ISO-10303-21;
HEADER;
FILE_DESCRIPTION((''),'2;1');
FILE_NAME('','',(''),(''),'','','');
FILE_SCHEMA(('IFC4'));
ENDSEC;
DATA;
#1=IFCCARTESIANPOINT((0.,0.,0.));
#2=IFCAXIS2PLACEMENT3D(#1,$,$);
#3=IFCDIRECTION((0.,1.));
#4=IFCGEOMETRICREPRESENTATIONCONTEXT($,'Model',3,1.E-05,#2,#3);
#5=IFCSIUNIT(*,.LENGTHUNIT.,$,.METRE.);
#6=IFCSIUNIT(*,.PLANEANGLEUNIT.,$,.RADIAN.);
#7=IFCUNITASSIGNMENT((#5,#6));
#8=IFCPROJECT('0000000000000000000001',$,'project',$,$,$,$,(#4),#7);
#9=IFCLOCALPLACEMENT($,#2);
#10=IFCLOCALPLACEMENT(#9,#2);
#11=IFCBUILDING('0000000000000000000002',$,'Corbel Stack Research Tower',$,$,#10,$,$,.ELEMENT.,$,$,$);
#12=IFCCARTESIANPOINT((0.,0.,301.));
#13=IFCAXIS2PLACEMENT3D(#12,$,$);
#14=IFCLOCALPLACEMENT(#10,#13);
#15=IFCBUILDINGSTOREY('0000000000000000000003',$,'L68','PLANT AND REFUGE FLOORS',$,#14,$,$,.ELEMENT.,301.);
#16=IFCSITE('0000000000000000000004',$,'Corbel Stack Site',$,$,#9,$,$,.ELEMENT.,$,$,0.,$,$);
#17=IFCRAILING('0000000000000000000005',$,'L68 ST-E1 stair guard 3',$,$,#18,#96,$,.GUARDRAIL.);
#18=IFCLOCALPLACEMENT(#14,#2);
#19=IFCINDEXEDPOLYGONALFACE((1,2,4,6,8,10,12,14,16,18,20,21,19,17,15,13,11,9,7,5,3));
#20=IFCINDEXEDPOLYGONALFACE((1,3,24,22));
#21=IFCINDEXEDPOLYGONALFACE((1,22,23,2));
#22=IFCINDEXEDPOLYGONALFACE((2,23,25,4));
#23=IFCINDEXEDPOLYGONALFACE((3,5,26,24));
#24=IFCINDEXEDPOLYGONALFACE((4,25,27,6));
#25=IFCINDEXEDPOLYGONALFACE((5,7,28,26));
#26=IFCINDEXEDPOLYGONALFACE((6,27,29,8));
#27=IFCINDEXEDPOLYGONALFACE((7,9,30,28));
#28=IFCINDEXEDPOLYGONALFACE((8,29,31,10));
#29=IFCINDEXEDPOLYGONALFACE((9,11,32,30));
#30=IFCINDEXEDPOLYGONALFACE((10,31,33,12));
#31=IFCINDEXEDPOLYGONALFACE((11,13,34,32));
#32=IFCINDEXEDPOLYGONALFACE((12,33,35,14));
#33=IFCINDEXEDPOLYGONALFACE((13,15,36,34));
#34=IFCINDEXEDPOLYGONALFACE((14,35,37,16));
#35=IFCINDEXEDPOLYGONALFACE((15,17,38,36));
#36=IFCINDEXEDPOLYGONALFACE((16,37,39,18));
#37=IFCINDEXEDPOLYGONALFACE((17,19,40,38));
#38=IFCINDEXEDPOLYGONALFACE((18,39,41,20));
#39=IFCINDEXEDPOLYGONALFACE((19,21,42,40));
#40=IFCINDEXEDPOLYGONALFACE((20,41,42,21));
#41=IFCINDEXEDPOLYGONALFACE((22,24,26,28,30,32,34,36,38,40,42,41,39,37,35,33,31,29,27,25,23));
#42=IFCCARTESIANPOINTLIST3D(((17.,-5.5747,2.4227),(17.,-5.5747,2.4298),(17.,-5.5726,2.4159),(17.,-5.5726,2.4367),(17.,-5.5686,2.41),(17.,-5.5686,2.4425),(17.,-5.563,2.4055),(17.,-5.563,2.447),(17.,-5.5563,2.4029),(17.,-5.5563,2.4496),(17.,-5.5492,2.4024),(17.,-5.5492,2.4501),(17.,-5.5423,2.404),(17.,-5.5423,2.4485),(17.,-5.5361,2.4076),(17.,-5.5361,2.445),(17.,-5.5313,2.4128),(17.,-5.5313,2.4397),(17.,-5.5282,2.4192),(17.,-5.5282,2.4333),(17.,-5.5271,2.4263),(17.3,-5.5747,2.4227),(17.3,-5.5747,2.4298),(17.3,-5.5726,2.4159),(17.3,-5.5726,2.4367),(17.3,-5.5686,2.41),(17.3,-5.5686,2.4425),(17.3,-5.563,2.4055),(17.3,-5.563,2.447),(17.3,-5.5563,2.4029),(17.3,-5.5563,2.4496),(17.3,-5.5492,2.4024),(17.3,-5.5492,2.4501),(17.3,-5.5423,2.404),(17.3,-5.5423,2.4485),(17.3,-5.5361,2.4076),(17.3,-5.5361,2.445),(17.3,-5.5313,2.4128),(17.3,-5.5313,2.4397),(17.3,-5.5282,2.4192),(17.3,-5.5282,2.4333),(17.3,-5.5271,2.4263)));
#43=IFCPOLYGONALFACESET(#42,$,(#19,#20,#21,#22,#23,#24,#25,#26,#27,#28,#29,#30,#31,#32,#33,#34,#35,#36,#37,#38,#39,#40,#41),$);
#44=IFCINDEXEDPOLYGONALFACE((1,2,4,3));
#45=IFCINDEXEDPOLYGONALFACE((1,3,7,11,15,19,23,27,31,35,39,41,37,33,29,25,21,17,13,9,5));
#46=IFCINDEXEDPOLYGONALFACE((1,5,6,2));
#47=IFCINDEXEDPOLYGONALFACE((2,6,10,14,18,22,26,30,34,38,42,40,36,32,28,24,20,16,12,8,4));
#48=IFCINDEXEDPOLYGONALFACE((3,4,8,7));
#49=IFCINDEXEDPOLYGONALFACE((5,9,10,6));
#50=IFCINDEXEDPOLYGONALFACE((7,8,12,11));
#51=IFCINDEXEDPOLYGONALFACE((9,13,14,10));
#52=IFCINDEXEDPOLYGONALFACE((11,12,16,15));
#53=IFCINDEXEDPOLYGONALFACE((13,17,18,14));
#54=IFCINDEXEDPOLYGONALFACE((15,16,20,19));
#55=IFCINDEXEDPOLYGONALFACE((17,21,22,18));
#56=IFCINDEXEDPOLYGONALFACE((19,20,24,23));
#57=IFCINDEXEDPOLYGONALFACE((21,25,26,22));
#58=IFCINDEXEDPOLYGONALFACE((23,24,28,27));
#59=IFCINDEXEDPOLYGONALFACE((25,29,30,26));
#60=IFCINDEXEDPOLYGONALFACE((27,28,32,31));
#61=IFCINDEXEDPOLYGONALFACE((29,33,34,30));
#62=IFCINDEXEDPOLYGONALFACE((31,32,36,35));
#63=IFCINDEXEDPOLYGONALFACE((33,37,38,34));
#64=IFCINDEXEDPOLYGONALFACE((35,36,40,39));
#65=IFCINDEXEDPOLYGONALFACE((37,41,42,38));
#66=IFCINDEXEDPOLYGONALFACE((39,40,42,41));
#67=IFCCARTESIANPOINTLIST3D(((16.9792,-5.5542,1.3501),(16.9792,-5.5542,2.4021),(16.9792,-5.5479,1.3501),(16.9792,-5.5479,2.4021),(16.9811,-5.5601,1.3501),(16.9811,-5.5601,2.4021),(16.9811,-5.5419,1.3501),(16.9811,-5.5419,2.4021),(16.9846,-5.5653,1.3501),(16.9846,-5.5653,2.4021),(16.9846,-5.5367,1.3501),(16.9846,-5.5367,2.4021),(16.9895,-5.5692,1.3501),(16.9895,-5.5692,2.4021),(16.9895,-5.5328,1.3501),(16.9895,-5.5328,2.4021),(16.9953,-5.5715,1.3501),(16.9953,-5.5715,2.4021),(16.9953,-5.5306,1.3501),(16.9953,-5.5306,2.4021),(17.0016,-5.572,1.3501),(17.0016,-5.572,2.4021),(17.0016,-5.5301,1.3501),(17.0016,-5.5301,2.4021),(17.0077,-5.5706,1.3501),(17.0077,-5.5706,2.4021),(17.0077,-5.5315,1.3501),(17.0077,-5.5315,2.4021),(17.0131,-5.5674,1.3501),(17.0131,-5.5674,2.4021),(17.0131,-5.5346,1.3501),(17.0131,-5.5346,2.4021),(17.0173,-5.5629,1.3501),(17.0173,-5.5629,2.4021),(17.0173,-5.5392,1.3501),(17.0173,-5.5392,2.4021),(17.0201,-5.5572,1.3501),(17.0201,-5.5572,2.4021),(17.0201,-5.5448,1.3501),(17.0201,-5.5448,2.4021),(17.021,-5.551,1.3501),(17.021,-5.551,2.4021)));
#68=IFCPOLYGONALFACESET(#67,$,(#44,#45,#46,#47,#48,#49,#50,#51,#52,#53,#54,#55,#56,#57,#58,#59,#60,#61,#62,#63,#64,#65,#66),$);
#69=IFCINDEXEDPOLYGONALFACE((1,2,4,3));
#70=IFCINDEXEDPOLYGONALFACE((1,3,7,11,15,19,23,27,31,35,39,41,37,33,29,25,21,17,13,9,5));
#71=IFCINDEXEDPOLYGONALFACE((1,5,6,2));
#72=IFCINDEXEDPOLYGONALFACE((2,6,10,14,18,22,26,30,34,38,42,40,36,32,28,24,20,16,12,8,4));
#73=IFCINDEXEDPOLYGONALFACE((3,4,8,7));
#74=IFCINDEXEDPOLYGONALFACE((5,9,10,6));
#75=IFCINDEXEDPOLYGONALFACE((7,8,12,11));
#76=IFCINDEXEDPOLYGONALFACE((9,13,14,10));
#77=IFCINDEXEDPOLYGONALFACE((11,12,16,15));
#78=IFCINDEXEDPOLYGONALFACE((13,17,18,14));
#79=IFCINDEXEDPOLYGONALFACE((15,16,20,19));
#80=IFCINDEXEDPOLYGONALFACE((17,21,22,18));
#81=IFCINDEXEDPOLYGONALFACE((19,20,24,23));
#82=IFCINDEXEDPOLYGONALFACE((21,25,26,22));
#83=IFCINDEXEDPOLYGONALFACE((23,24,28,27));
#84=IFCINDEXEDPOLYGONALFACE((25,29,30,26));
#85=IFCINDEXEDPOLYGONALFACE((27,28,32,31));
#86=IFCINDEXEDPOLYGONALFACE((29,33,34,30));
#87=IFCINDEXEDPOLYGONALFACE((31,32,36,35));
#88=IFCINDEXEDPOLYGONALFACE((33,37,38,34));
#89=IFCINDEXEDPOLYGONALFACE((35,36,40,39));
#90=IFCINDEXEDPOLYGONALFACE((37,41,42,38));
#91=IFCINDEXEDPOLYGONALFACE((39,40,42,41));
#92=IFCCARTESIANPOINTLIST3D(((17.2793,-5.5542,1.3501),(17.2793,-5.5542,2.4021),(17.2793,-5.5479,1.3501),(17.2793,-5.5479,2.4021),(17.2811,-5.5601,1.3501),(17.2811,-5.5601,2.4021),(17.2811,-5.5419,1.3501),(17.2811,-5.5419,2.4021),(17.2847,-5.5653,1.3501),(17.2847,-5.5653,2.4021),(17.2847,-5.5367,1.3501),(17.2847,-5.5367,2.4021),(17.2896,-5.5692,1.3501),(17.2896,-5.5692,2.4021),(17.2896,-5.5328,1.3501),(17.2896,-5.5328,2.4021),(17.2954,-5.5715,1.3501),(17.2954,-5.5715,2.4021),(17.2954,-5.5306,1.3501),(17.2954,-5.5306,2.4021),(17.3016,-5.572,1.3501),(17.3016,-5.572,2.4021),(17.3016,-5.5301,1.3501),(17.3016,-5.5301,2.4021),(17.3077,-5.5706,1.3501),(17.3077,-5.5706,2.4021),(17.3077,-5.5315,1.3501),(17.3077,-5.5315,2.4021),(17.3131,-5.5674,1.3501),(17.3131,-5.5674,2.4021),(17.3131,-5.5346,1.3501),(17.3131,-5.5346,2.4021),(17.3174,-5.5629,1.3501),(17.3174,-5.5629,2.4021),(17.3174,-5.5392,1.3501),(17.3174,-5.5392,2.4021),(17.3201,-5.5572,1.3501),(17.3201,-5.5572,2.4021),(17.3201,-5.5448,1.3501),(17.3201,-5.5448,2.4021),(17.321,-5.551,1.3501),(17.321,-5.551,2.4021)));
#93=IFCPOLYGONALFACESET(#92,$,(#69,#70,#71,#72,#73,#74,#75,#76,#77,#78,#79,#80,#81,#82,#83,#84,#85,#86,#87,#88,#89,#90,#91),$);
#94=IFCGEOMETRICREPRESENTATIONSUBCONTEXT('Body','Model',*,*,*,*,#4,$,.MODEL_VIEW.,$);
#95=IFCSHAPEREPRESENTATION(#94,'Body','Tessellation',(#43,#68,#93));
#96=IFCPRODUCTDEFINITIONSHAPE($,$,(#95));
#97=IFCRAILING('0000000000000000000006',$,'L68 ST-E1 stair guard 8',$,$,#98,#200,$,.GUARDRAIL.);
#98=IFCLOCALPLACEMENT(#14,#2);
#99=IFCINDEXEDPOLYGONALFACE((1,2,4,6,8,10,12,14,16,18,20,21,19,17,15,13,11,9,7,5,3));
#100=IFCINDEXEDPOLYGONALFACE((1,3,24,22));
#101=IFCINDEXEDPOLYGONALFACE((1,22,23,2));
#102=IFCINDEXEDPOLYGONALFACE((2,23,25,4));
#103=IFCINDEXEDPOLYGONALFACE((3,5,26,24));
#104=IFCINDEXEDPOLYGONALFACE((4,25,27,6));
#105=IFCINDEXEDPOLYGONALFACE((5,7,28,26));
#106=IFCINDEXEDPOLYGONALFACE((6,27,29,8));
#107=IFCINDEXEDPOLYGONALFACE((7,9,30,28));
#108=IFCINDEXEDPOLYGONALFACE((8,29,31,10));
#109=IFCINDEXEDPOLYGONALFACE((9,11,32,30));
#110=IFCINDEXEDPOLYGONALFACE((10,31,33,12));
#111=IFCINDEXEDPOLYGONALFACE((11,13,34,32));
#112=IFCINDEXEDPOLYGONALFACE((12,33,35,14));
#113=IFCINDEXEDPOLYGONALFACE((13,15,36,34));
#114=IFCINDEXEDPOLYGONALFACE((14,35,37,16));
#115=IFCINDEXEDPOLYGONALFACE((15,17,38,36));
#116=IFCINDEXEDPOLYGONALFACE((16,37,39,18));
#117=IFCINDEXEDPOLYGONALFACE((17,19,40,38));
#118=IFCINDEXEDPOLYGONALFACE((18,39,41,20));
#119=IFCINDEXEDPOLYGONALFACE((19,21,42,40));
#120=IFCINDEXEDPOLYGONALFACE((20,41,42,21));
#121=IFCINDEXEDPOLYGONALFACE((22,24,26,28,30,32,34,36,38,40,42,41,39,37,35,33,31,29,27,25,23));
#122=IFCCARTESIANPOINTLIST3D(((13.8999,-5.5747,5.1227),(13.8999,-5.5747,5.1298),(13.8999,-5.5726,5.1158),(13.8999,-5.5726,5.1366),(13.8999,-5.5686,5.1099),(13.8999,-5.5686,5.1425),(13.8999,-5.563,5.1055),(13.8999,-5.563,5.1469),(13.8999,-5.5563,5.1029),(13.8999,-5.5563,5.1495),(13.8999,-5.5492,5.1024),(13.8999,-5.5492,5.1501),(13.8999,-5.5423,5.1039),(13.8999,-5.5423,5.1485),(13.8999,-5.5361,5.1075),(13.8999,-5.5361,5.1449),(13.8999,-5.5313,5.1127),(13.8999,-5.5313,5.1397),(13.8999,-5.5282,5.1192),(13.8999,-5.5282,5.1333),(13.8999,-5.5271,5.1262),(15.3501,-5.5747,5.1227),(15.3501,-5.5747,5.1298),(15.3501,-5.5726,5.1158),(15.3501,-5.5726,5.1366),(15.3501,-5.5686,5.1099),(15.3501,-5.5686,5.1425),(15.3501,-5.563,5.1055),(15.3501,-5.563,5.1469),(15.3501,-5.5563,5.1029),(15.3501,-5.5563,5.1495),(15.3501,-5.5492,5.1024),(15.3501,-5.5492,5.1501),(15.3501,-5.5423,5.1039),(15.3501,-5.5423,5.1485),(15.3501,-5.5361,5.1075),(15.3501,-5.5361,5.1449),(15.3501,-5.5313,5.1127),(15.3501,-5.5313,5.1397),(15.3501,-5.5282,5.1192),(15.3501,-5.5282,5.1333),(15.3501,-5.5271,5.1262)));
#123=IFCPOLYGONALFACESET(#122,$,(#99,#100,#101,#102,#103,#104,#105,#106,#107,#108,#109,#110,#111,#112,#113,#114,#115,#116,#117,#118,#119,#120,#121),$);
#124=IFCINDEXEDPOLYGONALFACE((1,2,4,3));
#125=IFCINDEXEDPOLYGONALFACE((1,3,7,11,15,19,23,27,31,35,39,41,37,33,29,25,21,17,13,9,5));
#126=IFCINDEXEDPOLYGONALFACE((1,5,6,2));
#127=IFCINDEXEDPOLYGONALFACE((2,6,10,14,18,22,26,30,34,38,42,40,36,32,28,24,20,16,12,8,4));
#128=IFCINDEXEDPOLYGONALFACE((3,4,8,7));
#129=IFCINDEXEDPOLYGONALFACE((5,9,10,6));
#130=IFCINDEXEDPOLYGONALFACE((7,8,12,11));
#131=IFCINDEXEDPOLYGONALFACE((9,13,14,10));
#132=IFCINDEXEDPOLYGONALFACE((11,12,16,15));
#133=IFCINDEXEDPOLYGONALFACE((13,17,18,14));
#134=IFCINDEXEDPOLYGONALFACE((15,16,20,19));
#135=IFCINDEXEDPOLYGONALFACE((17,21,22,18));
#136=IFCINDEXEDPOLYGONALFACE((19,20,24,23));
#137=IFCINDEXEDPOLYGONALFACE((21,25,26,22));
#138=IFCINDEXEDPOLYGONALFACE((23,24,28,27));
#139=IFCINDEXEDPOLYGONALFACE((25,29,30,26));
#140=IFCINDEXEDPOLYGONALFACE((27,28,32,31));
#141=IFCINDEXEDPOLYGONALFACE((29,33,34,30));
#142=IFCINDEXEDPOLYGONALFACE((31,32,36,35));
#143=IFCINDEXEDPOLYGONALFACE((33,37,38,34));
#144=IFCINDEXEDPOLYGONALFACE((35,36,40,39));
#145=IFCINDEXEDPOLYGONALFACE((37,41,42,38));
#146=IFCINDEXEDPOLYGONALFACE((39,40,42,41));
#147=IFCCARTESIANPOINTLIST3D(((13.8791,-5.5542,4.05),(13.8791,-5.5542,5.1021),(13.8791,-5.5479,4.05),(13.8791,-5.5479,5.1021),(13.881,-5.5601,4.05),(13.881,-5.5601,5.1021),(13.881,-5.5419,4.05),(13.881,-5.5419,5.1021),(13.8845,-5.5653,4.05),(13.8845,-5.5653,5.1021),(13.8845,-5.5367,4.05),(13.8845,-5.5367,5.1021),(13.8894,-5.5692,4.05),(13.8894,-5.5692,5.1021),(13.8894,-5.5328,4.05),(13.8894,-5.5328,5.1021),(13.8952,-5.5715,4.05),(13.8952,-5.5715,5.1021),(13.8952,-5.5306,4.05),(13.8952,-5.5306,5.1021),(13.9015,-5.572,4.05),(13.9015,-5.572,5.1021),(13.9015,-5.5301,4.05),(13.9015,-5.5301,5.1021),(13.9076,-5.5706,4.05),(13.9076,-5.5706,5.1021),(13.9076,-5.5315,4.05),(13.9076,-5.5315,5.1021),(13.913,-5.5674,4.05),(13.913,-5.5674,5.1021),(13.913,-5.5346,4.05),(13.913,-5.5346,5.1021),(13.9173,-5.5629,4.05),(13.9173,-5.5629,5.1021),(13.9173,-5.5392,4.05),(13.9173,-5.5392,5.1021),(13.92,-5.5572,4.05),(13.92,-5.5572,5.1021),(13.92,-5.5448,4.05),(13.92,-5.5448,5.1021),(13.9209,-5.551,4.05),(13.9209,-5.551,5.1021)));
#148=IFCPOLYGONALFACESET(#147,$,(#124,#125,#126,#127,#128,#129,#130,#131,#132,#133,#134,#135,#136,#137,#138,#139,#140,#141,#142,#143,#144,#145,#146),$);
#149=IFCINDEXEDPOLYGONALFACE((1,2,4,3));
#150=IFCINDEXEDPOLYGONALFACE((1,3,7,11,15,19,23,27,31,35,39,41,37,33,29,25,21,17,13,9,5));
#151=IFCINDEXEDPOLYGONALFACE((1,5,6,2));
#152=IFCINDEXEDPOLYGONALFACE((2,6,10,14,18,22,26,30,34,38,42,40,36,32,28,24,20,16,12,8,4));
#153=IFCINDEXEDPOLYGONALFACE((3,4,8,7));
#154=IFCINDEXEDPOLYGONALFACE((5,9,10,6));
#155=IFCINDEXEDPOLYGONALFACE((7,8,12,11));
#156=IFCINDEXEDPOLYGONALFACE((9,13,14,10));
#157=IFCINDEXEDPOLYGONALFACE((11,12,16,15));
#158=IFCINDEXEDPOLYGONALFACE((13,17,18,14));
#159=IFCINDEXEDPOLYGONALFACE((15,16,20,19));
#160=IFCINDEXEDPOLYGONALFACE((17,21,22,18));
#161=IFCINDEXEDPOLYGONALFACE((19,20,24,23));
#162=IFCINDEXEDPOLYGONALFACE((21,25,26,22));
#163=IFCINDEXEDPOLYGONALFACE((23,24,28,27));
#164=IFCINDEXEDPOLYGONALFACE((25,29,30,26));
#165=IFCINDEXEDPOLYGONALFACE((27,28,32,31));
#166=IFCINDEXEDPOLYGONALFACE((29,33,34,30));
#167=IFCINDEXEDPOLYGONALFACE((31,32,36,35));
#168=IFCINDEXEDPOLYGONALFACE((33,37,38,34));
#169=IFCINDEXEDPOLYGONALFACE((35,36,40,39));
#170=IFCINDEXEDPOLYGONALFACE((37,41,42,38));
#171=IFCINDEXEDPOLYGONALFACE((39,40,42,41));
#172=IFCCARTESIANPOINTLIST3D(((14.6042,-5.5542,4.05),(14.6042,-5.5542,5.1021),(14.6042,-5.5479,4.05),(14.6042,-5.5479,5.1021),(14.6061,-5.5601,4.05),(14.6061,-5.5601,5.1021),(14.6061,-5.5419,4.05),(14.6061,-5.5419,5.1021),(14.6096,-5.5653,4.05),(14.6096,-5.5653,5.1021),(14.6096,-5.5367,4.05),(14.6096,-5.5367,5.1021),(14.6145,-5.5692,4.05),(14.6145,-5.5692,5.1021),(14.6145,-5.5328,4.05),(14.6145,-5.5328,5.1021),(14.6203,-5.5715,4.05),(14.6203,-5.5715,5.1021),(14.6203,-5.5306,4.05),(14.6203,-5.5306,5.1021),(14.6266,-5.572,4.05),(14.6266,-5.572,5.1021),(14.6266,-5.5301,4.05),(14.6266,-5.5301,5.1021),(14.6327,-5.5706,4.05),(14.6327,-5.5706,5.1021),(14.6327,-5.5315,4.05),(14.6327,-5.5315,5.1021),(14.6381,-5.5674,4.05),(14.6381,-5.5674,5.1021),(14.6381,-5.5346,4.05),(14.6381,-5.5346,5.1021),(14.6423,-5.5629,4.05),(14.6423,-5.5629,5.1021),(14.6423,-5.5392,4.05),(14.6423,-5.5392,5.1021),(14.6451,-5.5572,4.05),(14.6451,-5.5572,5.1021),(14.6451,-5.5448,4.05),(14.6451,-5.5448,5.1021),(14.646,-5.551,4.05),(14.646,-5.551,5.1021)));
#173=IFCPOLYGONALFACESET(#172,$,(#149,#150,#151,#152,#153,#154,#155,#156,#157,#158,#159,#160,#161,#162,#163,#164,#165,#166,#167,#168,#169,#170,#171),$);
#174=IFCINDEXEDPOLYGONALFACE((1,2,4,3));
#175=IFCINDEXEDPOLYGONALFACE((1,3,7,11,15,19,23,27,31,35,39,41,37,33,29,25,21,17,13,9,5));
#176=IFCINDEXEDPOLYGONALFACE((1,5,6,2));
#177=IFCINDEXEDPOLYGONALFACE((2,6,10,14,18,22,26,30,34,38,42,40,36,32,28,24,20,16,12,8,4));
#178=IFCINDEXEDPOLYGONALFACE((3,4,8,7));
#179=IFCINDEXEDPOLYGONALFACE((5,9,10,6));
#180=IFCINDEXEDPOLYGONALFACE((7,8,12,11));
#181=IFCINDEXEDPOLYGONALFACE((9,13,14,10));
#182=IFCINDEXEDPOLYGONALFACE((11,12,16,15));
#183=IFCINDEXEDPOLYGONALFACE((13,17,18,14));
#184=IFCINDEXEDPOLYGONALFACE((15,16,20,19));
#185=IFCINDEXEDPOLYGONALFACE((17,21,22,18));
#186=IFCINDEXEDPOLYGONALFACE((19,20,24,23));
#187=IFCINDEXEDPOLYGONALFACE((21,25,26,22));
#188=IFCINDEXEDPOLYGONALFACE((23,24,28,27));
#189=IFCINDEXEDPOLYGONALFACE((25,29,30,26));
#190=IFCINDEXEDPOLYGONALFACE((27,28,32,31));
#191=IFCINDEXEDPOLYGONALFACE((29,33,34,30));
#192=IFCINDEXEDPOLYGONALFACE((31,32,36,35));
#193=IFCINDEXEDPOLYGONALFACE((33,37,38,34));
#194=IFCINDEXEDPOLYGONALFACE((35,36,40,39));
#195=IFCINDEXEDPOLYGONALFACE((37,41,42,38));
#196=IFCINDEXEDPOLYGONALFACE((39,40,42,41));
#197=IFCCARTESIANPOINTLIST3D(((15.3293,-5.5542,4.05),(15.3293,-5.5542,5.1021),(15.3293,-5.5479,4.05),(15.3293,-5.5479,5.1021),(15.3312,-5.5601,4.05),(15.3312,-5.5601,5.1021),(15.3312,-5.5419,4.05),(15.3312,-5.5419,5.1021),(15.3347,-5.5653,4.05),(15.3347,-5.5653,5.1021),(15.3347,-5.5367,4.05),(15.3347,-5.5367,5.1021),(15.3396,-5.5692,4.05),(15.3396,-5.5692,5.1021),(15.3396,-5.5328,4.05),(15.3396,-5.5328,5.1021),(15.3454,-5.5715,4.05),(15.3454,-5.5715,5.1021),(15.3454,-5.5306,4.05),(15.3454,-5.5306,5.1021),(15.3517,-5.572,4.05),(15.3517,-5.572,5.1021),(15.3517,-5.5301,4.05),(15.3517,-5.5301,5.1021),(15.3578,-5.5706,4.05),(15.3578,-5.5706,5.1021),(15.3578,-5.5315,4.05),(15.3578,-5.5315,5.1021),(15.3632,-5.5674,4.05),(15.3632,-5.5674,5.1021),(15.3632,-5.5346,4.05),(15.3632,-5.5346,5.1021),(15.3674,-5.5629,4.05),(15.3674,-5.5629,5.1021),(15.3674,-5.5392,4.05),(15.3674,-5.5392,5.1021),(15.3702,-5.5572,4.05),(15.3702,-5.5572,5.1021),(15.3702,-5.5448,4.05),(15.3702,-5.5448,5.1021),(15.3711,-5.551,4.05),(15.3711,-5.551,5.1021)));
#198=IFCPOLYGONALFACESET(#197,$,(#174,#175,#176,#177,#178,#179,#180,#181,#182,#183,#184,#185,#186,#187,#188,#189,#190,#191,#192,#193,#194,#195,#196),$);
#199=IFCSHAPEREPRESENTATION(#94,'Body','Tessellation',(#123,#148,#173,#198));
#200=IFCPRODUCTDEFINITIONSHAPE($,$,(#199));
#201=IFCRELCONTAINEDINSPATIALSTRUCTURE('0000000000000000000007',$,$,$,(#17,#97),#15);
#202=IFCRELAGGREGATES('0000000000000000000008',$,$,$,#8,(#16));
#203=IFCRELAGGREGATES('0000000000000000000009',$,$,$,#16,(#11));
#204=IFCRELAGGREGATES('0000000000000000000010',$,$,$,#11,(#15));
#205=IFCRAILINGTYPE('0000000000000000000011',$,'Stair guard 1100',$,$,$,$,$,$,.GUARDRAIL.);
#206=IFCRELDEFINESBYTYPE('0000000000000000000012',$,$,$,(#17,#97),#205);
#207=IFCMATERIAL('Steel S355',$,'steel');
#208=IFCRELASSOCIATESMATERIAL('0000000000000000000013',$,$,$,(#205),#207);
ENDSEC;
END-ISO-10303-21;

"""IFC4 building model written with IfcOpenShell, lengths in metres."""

from ifc_helpers import new_model, si_unit, direction, frame, origin, origin_2d, place, context, subcontext, project, spatial, circle, extrude, material, type_object, element, save


model = new_model("IFC4")

# Units and contexts
model_context = context("Model", 3, precision=1e-05, world=origin(), true_north=direction((0.0, 1.0)))
body_context = subcontext(model_context, "Body", "Model", "MODEL_VIEW")
ifc_project = project(units=[si_unit("LENGTHUNIT", "METRE"), si_unit("PLANEANGLEUNIT", "RADIAN")], contexts=[model_context])

# Site, building, storey
site_placement = place(None, origin())
site = spatial("IfcSite", under=ifc_project, at=site_placement, Name="Corbel Stack Site", CompositionType="ELEMENT", RefElevation=0.0)
building_placement = place(site_placement, origin())
building = spatial("IfcBuilding", under=site, at=building_placement, Name="Corbel Stack Research Tower", CompositionType="ELEMENT")
storey_placement = place(building_placement, frame((0.0, 0.0, 301.0)))
storey = spatial("IfcBuildingStorey", under=building, at=storey_placement, Name="L68", Description="PLANT AND REFUGE FLOORS", CompositionType="ELEMENT", Elevation=301.0)

# Railings
ifc_material_1 = material(Name="Steel S355", Category="steel")
railing_type = type_object("IfcRailingType", Name="Stair guard 1100", PredefinedType="GUARDRAIL", material=ifc_material_1)
railing_1_placement = place(storey_placement, frame((17.0, -5.551, 1.3501)))
element("IfcRailing", 1, at=railing_1_placement, inside=storey, type_object=railing_type, Name="L68 ST-E1 stair guard 3", PredefinedType="GUARDRAIL", context=body_context, shape_type="SweptSolid", body=[
    extrude(circle(Radius=0.0239, at=origin_2d()), frame((0.0, 0.0, 1.0762), z_axis=(1.0, 0.0, 0.0), x_axis=(0.0, 1.0, 0.0)), (0.0, 0.0, 1.0), 0.3),
    extrude(circle(Radius=0.021, at=origin_2d()), origin(), (0.0, 0.0, 1.0), 1.052),
    extrude(circle(Radius=0.021, at=origin_2d()), frame((0.3, 0.0, 0.0)), (0.0, 0.0, 1.0), 1.052),
])
railing_2_placement = place(storey_placement, frame((13.8999, -5.551, 4.05)))
element("IfcRailing", 2, at=railing_2_placement, inside=storey, type_object=railing_type, Name="L68 ST-E1 stair guard 8", PredefinedType="GUARDRAIL", context=body_context, shape_type="SweptSolid", body=[
    extrude(circle(Radius=0.0239, at=origin_2d()), frame((0.0, 0.0, 1.0762), z_axis=(1.0, 0.0, 0.0), x_axis=(0.0, 1.0, 0.0)), (0.0, 0.0, 1.0), 1.4502),
    extrude(circle(Radius=0.021, at=origin_2d()), origin(), (0.0, 0.0, 1.0), 1.052),
    extrude(circle(Radius=0.021, at=origin_2d()), frame((0.7251, 0.0, 0.0)), (0.0, 0.0, 1.0), 1.052),
    extrude(circle(Radius=0.021, at=origin_2d()), frame((1.4502, 0.0, 0.0)), (0.0, 0.0, 1.0), 1.052),
])

save(model, "model.ifc")
